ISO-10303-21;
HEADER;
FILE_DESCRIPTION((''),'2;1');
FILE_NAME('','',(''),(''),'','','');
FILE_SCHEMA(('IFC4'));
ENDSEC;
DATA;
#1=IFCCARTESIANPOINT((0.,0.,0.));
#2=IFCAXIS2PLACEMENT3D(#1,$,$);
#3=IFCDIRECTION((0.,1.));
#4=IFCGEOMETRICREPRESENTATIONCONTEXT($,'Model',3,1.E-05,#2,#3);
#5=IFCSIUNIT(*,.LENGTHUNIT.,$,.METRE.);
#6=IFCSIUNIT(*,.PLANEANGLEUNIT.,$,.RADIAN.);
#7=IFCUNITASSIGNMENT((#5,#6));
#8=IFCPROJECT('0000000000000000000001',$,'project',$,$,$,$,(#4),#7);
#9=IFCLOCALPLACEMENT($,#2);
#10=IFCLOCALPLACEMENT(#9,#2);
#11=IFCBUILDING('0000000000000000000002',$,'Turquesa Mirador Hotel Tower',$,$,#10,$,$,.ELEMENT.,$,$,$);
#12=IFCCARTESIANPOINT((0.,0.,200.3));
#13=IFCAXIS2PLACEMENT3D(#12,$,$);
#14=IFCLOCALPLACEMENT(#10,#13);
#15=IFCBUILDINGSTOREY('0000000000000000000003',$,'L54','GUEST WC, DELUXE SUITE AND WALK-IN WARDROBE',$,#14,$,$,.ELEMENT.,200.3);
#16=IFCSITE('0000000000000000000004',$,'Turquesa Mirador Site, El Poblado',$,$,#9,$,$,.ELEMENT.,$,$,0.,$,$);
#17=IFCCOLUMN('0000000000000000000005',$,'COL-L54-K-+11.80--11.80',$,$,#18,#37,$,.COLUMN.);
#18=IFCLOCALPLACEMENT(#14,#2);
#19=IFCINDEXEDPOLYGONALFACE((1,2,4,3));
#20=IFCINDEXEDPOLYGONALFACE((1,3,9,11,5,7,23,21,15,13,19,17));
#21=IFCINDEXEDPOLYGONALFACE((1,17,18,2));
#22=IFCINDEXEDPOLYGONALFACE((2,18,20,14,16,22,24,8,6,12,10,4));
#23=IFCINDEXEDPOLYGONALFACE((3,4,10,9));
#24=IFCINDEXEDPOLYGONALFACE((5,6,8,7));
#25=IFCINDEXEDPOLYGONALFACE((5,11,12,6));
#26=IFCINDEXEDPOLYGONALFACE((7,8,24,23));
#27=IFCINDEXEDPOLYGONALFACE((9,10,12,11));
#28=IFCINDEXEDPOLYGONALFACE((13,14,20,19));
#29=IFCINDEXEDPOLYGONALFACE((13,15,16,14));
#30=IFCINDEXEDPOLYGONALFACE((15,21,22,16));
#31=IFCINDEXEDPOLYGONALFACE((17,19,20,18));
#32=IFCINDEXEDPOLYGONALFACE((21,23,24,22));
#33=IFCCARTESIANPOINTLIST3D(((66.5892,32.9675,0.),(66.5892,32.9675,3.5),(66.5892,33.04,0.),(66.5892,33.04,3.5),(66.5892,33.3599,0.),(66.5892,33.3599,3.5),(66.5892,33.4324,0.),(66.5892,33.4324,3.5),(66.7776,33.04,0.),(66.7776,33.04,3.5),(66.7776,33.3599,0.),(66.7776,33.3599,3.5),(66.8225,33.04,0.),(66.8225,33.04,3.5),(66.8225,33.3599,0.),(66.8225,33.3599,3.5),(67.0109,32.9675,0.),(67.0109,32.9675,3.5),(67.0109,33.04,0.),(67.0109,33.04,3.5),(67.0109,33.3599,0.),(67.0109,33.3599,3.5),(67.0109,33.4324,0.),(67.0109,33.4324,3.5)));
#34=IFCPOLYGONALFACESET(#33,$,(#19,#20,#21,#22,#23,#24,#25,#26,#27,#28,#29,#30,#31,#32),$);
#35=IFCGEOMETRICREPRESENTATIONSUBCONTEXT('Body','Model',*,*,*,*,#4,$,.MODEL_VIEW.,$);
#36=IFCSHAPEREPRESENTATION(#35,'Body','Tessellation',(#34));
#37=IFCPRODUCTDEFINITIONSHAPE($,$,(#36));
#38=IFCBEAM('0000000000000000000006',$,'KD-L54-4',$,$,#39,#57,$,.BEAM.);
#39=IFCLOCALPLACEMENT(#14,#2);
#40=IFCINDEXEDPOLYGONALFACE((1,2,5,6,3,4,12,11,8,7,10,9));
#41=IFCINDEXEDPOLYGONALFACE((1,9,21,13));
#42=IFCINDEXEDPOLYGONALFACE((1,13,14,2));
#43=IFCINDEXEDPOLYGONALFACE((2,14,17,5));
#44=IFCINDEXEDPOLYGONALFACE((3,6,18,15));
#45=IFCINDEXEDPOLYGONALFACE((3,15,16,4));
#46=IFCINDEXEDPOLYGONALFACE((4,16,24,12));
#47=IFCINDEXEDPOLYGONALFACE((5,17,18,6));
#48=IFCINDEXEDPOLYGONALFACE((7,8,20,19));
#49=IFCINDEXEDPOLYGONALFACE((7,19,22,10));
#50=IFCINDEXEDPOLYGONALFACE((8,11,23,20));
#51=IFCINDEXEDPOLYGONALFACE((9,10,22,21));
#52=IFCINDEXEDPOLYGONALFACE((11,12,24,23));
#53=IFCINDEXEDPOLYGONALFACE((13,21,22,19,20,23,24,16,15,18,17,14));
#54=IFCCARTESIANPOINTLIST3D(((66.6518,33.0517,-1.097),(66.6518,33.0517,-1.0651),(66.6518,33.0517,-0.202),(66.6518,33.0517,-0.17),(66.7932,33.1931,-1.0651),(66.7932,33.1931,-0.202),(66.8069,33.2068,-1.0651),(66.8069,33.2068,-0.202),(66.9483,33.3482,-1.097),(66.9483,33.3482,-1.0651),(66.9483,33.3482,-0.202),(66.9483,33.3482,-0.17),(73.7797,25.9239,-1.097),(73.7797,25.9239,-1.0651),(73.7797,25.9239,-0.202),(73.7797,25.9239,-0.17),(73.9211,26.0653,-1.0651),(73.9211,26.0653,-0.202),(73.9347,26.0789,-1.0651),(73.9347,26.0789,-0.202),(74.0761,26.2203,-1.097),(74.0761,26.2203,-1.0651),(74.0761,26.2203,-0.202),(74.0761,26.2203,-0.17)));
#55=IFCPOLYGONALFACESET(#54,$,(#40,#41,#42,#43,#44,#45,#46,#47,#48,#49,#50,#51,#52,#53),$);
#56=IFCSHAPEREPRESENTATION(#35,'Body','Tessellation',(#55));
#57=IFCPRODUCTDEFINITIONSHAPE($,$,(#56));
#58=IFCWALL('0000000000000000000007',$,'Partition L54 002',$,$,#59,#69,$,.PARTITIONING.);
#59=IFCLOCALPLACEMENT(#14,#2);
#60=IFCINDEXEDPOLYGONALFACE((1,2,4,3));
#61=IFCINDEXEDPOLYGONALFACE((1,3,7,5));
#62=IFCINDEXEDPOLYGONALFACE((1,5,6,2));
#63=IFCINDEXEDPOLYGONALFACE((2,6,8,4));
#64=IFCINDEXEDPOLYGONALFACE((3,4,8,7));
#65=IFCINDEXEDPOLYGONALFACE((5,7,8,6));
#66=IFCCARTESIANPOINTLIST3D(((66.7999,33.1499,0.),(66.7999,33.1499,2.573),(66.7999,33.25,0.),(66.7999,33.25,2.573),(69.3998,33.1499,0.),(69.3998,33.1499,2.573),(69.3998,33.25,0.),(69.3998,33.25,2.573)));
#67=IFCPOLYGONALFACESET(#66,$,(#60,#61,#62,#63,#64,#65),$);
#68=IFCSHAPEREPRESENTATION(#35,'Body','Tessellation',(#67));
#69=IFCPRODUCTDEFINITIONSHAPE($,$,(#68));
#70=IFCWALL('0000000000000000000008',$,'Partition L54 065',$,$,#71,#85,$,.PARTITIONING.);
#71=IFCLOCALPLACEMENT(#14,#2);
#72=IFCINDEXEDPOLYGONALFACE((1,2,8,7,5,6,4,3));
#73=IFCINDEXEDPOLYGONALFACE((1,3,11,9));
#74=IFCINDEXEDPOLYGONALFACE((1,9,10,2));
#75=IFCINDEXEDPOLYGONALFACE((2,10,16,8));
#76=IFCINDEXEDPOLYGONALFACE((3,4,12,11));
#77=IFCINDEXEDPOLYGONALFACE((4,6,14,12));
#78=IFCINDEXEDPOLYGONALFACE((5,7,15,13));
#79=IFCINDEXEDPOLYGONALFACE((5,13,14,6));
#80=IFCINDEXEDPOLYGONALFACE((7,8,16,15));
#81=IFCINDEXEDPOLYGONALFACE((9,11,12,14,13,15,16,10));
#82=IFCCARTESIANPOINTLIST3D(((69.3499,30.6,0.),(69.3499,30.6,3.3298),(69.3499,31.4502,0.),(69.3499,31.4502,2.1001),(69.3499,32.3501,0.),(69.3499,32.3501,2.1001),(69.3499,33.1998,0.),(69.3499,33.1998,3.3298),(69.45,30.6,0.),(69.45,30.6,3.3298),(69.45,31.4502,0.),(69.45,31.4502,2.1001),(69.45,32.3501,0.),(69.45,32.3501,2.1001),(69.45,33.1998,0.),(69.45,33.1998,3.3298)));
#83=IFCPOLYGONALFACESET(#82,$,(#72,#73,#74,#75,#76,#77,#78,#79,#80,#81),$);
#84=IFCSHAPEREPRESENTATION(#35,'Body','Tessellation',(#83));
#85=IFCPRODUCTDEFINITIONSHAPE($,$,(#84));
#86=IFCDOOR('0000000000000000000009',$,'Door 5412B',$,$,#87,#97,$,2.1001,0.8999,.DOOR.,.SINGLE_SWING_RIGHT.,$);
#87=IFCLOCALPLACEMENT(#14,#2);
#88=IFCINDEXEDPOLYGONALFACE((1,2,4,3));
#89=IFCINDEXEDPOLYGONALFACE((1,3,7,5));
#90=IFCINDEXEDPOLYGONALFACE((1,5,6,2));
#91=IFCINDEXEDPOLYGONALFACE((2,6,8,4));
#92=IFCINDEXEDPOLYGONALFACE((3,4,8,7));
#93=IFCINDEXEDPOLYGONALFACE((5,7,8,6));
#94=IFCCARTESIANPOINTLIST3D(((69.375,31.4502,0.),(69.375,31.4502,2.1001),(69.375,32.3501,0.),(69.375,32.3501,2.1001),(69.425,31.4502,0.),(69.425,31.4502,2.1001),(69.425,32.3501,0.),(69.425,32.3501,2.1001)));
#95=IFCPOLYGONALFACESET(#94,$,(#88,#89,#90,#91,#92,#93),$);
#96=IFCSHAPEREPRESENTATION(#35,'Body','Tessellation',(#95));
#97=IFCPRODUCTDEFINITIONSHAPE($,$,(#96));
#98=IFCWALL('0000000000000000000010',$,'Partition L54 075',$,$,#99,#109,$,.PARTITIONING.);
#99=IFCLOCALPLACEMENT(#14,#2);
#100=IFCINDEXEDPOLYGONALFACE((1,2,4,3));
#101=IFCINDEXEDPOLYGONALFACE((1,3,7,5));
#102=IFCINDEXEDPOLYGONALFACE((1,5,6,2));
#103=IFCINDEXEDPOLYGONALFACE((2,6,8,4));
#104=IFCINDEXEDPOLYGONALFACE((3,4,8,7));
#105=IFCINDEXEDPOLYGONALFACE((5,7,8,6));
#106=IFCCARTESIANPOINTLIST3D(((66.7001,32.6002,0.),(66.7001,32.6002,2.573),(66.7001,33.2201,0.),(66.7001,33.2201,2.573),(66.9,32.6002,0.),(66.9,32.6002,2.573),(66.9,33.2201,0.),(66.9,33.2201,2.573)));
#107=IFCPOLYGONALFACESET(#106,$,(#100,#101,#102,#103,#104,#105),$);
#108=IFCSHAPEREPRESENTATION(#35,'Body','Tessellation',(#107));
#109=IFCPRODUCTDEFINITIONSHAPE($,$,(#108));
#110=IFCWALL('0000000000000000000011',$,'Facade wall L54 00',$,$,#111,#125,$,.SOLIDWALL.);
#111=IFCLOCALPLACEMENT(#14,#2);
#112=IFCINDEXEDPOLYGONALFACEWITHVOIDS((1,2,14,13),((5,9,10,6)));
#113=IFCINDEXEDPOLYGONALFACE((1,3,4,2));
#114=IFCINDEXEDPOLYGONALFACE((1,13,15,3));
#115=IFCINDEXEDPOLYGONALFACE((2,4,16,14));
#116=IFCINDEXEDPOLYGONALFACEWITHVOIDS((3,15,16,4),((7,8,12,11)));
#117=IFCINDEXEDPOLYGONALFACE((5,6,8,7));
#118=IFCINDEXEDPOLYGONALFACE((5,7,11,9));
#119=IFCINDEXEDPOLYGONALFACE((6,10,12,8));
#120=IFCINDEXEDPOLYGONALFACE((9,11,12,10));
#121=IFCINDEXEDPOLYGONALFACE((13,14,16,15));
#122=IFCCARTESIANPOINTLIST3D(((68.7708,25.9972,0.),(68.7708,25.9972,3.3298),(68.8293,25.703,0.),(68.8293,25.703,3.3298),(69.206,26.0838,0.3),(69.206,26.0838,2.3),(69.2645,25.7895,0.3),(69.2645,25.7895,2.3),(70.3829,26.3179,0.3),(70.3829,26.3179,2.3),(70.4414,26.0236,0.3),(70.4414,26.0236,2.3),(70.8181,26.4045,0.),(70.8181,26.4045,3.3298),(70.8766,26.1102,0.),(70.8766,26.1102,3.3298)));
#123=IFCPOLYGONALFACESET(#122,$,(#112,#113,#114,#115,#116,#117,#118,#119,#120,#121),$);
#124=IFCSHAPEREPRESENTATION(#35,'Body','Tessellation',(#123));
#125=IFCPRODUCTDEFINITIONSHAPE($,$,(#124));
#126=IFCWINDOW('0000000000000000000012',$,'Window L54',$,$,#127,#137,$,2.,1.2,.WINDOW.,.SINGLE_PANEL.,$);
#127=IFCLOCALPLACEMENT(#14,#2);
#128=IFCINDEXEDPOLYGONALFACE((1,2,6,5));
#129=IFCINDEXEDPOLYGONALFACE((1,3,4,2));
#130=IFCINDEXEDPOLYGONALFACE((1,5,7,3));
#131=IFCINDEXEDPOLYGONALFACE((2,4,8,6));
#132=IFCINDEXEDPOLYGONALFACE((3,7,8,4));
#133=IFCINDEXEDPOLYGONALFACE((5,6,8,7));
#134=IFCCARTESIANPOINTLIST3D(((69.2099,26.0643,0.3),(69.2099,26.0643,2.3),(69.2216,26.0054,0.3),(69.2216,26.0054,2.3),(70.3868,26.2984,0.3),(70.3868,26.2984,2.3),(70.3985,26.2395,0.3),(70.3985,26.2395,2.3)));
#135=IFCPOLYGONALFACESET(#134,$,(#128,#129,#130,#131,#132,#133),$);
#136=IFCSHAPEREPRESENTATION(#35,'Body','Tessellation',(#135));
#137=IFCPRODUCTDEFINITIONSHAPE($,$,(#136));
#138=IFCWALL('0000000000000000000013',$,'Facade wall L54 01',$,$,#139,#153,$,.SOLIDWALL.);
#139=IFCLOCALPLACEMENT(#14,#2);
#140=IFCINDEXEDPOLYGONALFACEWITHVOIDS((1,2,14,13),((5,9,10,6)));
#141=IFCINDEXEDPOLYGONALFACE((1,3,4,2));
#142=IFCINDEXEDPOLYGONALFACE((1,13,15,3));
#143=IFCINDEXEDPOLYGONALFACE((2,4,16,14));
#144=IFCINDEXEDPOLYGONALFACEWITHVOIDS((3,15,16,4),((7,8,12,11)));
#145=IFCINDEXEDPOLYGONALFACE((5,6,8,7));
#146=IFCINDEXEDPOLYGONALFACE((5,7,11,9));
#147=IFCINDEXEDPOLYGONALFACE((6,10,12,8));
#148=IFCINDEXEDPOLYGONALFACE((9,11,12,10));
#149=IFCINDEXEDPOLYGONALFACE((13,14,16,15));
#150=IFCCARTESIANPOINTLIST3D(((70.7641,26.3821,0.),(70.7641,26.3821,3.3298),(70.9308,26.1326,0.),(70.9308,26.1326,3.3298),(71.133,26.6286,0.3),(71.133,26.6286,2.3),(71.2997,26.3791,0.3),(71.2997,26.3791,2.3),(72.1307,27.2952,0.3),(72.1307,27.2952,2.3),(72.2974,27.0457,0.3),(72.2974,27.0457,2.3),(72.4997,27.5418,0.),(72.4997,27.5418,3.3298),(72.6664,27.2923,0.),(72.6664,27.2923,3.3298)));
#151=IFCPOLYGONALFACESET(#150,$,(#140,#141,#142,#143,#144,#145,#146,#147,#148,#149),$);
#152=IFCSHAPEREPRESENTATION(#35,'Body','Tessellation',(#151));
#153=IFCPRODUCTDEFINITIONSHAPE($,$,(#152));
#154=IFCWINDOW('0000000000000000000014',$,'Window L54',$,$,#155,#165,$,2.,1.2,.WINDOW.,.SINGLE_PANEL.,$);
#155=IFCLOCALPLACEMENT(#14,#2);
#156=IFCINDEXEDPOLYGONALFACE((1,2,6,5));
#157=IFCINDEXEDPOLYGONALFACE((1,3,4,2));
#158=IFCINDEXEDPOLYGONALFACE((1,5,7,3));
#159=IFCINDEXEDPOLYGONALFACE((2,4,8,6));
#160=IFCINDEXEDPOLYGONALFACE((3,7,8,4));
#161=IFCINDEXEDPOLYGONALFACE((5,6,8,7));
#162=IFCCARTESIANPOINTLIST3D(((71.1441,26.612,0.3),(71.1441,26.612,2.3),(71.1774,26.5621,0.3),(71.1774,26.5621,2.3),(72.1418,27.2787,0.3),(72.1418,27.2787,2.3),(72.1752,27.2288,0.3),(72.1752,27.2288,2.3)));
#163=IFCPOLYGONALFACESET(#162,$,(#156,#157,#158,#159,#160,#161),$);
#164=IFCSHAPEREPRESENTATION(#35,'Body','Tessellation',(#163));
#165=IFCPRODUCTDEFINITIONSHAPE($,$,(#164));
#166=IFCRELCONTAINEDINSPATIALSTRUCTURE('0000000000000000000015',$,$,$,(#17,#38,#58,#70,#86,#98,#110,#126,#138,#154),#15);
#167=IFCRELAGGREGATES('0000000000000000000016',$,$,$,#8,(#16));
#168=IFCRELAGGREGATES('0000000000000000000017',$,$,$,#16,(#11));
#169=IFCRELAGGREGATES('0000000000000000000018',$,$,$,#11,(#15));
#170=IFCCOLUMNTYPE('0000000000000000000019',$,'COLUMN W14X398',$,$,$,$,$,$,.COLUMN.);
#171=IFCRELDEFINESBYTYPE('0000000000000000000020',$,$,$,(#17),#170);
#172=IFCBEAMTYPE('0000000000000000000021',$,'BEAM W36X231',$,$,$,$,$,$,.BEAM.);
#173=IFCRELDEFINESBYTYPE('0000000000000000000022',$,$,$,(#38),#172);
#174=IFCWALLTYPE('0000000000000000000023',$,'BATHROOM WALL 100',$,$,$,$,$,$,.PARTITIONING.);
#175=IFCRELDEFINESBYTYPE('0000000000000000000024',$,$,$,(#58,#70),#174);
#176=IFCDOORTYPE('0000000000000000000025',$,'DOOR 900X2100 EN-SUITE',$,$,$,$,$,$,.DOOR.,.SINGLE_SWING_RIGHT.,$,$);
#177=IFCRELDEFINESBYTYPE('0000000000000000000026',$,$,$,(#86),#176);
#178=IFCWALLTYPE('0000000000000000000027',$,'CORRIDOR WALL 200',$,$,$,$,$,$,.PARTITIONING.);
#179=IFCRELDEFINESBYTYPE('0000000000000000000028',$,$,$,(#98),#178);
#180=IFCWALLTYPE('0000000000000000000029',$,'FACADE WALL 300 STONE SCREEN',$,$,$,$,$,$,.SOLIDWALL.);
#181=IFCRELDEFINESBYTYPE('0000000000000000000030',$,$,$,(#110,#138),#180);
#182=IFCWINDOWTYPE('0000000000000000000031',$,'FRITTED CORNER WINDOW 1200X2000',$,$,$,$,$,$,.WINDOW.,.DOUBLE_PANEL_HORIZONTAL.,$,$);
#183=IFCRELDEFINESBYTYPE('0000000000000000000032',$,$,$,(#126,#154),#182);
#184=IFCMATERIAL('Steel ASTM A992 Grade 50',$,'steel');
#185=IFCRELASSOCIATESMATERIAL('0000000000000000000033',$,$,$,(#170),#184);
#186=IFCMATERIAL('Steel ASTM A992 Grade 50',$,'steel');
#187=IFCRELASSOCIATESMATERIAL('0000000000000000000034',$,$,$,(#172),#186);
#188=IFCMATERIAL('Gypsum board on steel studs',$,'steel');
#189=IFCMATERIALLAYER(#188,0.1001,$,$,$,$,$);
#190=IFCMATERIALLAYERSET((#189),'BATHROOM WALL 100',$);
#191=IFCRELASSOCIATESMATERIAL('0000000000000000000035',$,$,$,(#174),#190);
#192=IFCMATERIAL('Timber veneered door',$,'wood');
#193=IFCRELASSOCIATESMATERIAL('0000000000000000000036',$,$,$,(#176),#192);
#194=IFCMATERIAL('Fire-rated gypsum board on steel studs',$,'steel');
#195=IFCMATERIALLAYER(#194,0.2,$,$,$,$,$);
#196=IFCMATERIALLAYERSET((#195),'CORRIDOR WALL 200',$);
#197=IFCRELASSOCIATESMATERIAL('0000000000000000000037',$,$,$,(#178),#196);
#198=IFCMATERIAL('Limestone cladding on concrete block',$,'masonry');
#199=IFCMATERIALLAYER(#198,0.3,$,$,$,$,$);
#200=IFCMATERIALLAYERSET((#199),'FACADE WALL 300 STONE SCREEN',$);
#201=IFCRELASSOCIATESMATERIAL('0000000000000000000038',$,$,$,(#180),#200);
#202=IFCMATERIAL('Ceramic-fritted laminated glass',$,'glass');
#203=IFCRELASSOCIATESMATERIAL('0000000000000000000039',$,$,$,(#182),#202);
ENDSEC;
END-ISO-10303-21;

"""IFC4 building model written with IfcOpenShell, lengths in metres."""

from ifc_helpers import new_model, si_unit, direction, frame, frame_2d, origin, origin_2d, place, context, subcontext, project, spatial, rectangle, i_section, extrude, material, layer, layer_set, material_profile, profile_set, type_object, element, fill, save


model = new_model("IFC4")

# Units and contexts
model_context = context("Model", 3, precision=1e-05, world=origin(), true_north=direction((0.0, 1.0)))
body_context = subcontext(model_context, "Body", "Model", "MODEL_VIEW")
ifc_project = project(units=[si_unit("LENGTHUNIT", "METRE"), si_unit("PLANEANGLEUNIT", "RADIAN")], contexts=[model_context])

# Site, building, storey
site_placement = place(None, origin())
site = spatial("IfcSite", under=ifc_project, at=site_placement, Name="Turquesa Mirador Site, El Poblado", CompositionType="ELEMENT", RefElevation=0.0)
building_placement = place(site_placement, origin())
building = spatial("IfcBuilding", under=site, at=building_placement, Name="Turquesa Mirador Hotel Tower", CompositionType="ELEMENT")
storey_placement = place(building_placement, frame((0.0, 0.0, 200.3)))
storey = spatial("IfcBuildingStorey", under=building, at=storey_placement, Name="L54", Description="GUEST WC, DELUXE SUITE AND WALK-IN WARDROBE", CompositionType="ELEMENT", Elevation=200.3)

# Column
ifc_material_1 = material(Name="Steel ASTM A992 Grade 50", Category="steel")
ifc_material_profile_1 = material_profile(ifc_material_1, i_section(OverallWidth=0.4216, OverallDepth=0.4648, WebThickness=0.0449, FlangeThickness=0.0725, at=origin_2d()), Name="W14X398")
ifc_profile_set_1 = profile_set([ifc_material_profile_1], Name="Steel ASTM A992 Grade 50")
column_type = type_object("IfcColumnType", Name="COLUMN W14X398", PredefinedType="COLUMN", material=ifc_profile_set_1)
column_placement = place(storey_placement, frame((66.8, 33.2, 0.0), z_axis=(0.0, 0.0, 1.0), x_axis=(1.0, 0.0, 0.0)))
element("IfcColumn", 1, at=column_placement, inside=storey, type_object=column_type, Name="COL-L54-K-+11.80--11.80", PredefinedType="COLUMN", context=body_context, shape_type="SweptSolid", body=[
    extrude(i_section(OverallWidth=0.4216, OverallDepth=0.4648, WebThickness=0.0449, FlangeThickness=0.0725, at=origin_2d()), origin(), (0.0, 0.0, 1.0), 3.5),
])

# Beam
ifc_material_2 = material(Name="Steel ASTM A992 Grade 50", Category="steel")
ifc_material_profile_2 = material_profile(ifc_material_2, i_section(OverallWidth=0.4192, OverallDepth=0.927, WebThickness=0.0193, FlangeThickness=0.032, at=origin_2d()), Name="W36X231")
ifc_profile_set_2 = profile_set([ifc_material_profile_2], Name="Steel ASTM A992 Grade 50")
beam_type = type_object("IfcBeamType", Name="BEAM W36X231", PredefinedType="BEAM", material=ifc_profile_set_2)
beam_placement = place(storey_placement, frame((66.8, 33.2, -0.6335), z_axis=(0.707107, -0.707107, 0.0), x_axis=(0.707107, 0.707107, 0.0)))
element("IfcBeam", 2, at=beam_placement, inside=storey, type_object=beam_type, Name="KD-L54-4", PredefinedType="BEAM", context=body_context, shape_type="SweptSolid", body=[
    extrude(i_section(OverallWidth=0.4192, OverallDepth=0.927, WebThickness=0.0193, FlangeThickness=0.032, at=origin_2d()), origin(), (0.0, 0.0, 1.0), 10.0803),
])

# Wall
ifc_material_3 = material(Name="Gypsum board on steel studs", Category="steel")
ifc_layer_1 = layer(ifc_material_3, 0.1001)
ifc_layer_set_1 = layer_set([ifc_layer_1], Name="BATHROOM WALL 100")
wall_type_1 = type_object("IfcWallType", Name="BATHROOM WALL 100", PredefinedType="PARTITIONING", material=ifc_layer_set_1)
wall_1_placement = place(storey_placement, frame((66.8, 33.2, 0.0), z_axis=(0.0, 0.0, 1.0), x_axis=(1.0, 0.0, 0.0)))
element("IfcWall", 3, at=wall_1_placement, inside=storey, type_object=wall_type_1, Name="Partition L54 002", PredefinedType="PARTITIONING", context=body_context, shape_type="SweptSolid", body=[
    extrude(rectangle(XDim=2.5999, YDim=0.1001, at=frame_2d((1.2998, 0.0))), origin(), (0.0, 0.0, 1.0), 2.573),
])

# Wall, opening, door
wall_2_placement = place(storey_placement, frame((69.3999, 30.6001, 0.0), z_axis=(0.0, 0.0, 1.0), x_axis=(0.0, 1.0, 0.0)))
wall_2 = element("IfcWall", 4, at=wall_2_placement, inside=storey, type_object=wall_type_1, Name="Partition L54 065", PredefinedType="PARTITIONING", context=body_context, shape_type="SweptSolid", body=[
    extrude(rectangle(XDim=2.5999, YDim=0.1001, at=frame_2d((1.2998, 0.0))), origin(), (0.0, 0.0, 1.0), 3.3298),
])
opening_1_placement = place(wall_2_placement, frame((0.8501, 0.0, 0.0)))
opening_1 = element("IfcOpeningElement", 5, at=opening_1_placement, cuts=wall_2, PredefinedType="OPENING", context=body_context, shape_type="SweptSolid", body=[
    extrude(rectangle(XDim=0.8999, YDim=2.1001, at=frame_2d((0.45, 1.05))), frame((0.0, 0.0601, 0.0), z_axis=(0.0, -1.0, 0.0), x_axis=(1.0, 0.0, 0.0)), (0.0, 0.0, 1.0), 0.1201),
])
ifc_material_4 = material(Name="Timber veneered door", Category="wood")
door_type_1 = type_object("IfcDoorType", Name="DOOR 900X2100 EN-SUITE", OperationType="SINGLE_SWING_RIGHT", PredefinedType="DOOR", material=ifc_material_4)
door_1_placement = place(opening_1_placement, origin())
door_1 = element("IfcDoor", 6, at=door_1_placement, inside=storey, type_object=door_type_1, Name="Door 5412B", OperationType="SINGLE_SWING_RIGHT", OverallHeight=2.1001, OverallWidth=0.8999, PredefinedType="DOOR", context=body_context, shape_type="SweptSolid", body=[
    extrude(rectangle(XDim=0.8999, YDim=2.1001, at=frame_2d((0.45, 1.05))), frame((0.0, 0.0249, 0.0), z_axis=(0.0, -1.0, 0.0), x_axis=(1.0, 0.0, 0.0)), (0.0, 0.0, 1.0), 0.05),
])
fill(opening_1, door_1)

# Wall
ifc_material_5 = material(Name="Fire-rated gypsum board on steel studs", Category="steel")
ifc_layer_2 = layer(ifc_material_5, 0.2)
ifc_layer_set_2 = layer_set([ifc_layer_2], Name="CORRIDOR WALL 200")
wall_type_2 = type_object("IfcWallType", Name="CORRIDOR WALL 200", PredefinedType="PARTITIONING", material=ifc_layer_set_2)
wall_3_placement = place(storey_placement, frame((66.8, 32.6001, 0.0), z_axis=(0.0, 0.0, 1.0), x_axis=(0.0, 1.0, 0.0)))
element("IfcWall", 7, at=wall_3_placement, inside=storey, type_object=wall_type_2, Name="Partition L54 075", PredefinedType="PARTITIONING", context=body_context, shape_type="SweptSolid", body=[
    extrude(rectangle(XDim=0.6199, YDim=0.2, at=frame_2d((0.3101, 0.0))), origin(), (0.0, 0.0, 1.0), 2.573),
])

# Walls, openings, windows
ifc_material_6 = material(Name="Limestone cladding on concrete block", Category="masonry")
ifc_layer_3 = layer(ifc_material_6, 0.3)
ifc_layer_set_3 = layer_set([ifc_layer_3], Name="FACADE WALL 300 STONE SCREEN")
wall_type_3 = type_object("IfcWallType", Name="FACADE WALL 300 STONE SCREEN", PredefinedType="SOLIDWALL", material=ifc_layer_set_3)
wall_4_placement = place(storey_placement, frame((68.8, 25.8501, 0.0), z_axis=(0.0, 0.0, 1.0), x_axis=(0.980787, 0.195081, 0.0)))
wall_4 = element("IfcWall", 8, at=wall_4_placement, inside=storey, type_object=wall_type_3, Name="Facade wall L54 00", PredefinedType="SOLIDWALL", context=body_context, shape_type="SweptSolid", body=[
    extrude(rectangle(XDim=2.0874, YDim=0.3, at=frame_2d((1.0437, 0.0))), origin(), (0.0, 0.0, 1.0), 3.3298),
])
opening_2_placement = place(wall_4_placement, frame((0.4436, 0.0, 0.3)))
opening_2 = element("IfcOpeningElement", 9, at=opening_2_placement, cuts=wall_4, PredefinedType="OPENING", context=body_context, shape_type="SweptSolid", body=[
    extrude(rectangle(XDim=1.2, YDim=2.0, at=frame_2d((0.6001, 1.0))), frame((0.0, 0.1599, 0.0), z_axis=(0.0, -1.0, 0.0), x_axis=(1.0, 0.0, 0.0)), (0.0, 0.0, 1.0), 0.3201),
])
ifc_material_7 = material(Name="Ceramic-fritted laminated glass", Category="glass")
window_type = type_object("IfcWindowType", Name="FRITTED CORNER WINDOW 1200X2000", PartitioningType="DOUBLE_PANEL_HORIZONTAL", PredefinedType="WINDOW", material=ifc_material_7)
window_1_placement = place(opening_2_placement, origin())
window_1 = element("IfcWindow", 10, at=window_1_placement, inside=storey, type_object=window_type, Name="Window L54", OverallHeight=2.0, OverallWidth=1.2, PartitioningType="SINGLE_PANEL", PredefinedType="WINDOW", context=body_context, shape_type="SweptSolid", body=[
    extrude(rectangle(XDim=1.2, YDim=2.0, at=frame_2d((0.6001, 1.0))), frame((0.0, 0.1301, 0.0), z_axis=(0.0, -1.0, 0.0), x_axis=(1.0, 0.0, 0.0)), (0.0, 0.0, 1.0), 0.0601),
])
fill(opening_2, window_1)
wall_5_placement = place(storey_placement, frame((70.8474, 26.2573, 0.0), z_axis=(0.0, 0.0, 1.0), x_axis=(0.831474, 0.555564, 0.0)))
wall_5 = element("IfcWall", 11, at=wall_5_placement, inside=storey, type_object=wall_type_3, Name="Facade wall L54 01", PredefinedType="SOLIDWALL", context=body_context, shape_type="SweptSolid", body=[
    extrude(rectangle(XDim=2.0874, YDim=0.3, at=frame_2d((1.0437, 0.0))), origin(), (0.0, 0.0, 1.0), 3.3298),
])
opening_3_placement = place(wall_5_placement, frame((0.4436, 0.0, 0.3)))
opening_3 = element("IfcOpeningElement", 12, at=opening_3_placement, cuts=wall_5, PredefinedType="OPENING", context=body_context, shape_type="SweptSolid", body=[
    extrude(rectangle(XDim=1.2, YDim=2.0, at=frame_2d((0.6001, 1.0))), frame((0.0, 0.1599, 0.0), z_axis=(0.0, -1.0, 0.0), x_axis=(1.0, 0.0, 0.0)), (0.0, 0.0, 1.0), 0.3201),
])
window_2_placement = place(opening_3_placement, origin())
window_2 = element("IfcWindow", 13, at=window_2_placement, inside=storey, type_object=window_type, Name="Window L54", OverallHeight=2.0, OverallWidth=1.2, PartitioningType="SINGLE_PANEL", PredefinedType="WINDOW", context=body_context, shape_type="SweptSolid", body=[
    extrude(rectangle(XDim=1.2, YDim=2.0, at=frame_2d((0.6001, 1.0))), frame((0.0, 0.1301, 0.0), z_axis=(0.0, -1.0, 0.0), x_axis=(1.0, 0.0, 0.0)), (0.0, 0.0, 1.0), 0.0601),
])
fill(opening_3, window_2)

save(model, "model.ifc")
